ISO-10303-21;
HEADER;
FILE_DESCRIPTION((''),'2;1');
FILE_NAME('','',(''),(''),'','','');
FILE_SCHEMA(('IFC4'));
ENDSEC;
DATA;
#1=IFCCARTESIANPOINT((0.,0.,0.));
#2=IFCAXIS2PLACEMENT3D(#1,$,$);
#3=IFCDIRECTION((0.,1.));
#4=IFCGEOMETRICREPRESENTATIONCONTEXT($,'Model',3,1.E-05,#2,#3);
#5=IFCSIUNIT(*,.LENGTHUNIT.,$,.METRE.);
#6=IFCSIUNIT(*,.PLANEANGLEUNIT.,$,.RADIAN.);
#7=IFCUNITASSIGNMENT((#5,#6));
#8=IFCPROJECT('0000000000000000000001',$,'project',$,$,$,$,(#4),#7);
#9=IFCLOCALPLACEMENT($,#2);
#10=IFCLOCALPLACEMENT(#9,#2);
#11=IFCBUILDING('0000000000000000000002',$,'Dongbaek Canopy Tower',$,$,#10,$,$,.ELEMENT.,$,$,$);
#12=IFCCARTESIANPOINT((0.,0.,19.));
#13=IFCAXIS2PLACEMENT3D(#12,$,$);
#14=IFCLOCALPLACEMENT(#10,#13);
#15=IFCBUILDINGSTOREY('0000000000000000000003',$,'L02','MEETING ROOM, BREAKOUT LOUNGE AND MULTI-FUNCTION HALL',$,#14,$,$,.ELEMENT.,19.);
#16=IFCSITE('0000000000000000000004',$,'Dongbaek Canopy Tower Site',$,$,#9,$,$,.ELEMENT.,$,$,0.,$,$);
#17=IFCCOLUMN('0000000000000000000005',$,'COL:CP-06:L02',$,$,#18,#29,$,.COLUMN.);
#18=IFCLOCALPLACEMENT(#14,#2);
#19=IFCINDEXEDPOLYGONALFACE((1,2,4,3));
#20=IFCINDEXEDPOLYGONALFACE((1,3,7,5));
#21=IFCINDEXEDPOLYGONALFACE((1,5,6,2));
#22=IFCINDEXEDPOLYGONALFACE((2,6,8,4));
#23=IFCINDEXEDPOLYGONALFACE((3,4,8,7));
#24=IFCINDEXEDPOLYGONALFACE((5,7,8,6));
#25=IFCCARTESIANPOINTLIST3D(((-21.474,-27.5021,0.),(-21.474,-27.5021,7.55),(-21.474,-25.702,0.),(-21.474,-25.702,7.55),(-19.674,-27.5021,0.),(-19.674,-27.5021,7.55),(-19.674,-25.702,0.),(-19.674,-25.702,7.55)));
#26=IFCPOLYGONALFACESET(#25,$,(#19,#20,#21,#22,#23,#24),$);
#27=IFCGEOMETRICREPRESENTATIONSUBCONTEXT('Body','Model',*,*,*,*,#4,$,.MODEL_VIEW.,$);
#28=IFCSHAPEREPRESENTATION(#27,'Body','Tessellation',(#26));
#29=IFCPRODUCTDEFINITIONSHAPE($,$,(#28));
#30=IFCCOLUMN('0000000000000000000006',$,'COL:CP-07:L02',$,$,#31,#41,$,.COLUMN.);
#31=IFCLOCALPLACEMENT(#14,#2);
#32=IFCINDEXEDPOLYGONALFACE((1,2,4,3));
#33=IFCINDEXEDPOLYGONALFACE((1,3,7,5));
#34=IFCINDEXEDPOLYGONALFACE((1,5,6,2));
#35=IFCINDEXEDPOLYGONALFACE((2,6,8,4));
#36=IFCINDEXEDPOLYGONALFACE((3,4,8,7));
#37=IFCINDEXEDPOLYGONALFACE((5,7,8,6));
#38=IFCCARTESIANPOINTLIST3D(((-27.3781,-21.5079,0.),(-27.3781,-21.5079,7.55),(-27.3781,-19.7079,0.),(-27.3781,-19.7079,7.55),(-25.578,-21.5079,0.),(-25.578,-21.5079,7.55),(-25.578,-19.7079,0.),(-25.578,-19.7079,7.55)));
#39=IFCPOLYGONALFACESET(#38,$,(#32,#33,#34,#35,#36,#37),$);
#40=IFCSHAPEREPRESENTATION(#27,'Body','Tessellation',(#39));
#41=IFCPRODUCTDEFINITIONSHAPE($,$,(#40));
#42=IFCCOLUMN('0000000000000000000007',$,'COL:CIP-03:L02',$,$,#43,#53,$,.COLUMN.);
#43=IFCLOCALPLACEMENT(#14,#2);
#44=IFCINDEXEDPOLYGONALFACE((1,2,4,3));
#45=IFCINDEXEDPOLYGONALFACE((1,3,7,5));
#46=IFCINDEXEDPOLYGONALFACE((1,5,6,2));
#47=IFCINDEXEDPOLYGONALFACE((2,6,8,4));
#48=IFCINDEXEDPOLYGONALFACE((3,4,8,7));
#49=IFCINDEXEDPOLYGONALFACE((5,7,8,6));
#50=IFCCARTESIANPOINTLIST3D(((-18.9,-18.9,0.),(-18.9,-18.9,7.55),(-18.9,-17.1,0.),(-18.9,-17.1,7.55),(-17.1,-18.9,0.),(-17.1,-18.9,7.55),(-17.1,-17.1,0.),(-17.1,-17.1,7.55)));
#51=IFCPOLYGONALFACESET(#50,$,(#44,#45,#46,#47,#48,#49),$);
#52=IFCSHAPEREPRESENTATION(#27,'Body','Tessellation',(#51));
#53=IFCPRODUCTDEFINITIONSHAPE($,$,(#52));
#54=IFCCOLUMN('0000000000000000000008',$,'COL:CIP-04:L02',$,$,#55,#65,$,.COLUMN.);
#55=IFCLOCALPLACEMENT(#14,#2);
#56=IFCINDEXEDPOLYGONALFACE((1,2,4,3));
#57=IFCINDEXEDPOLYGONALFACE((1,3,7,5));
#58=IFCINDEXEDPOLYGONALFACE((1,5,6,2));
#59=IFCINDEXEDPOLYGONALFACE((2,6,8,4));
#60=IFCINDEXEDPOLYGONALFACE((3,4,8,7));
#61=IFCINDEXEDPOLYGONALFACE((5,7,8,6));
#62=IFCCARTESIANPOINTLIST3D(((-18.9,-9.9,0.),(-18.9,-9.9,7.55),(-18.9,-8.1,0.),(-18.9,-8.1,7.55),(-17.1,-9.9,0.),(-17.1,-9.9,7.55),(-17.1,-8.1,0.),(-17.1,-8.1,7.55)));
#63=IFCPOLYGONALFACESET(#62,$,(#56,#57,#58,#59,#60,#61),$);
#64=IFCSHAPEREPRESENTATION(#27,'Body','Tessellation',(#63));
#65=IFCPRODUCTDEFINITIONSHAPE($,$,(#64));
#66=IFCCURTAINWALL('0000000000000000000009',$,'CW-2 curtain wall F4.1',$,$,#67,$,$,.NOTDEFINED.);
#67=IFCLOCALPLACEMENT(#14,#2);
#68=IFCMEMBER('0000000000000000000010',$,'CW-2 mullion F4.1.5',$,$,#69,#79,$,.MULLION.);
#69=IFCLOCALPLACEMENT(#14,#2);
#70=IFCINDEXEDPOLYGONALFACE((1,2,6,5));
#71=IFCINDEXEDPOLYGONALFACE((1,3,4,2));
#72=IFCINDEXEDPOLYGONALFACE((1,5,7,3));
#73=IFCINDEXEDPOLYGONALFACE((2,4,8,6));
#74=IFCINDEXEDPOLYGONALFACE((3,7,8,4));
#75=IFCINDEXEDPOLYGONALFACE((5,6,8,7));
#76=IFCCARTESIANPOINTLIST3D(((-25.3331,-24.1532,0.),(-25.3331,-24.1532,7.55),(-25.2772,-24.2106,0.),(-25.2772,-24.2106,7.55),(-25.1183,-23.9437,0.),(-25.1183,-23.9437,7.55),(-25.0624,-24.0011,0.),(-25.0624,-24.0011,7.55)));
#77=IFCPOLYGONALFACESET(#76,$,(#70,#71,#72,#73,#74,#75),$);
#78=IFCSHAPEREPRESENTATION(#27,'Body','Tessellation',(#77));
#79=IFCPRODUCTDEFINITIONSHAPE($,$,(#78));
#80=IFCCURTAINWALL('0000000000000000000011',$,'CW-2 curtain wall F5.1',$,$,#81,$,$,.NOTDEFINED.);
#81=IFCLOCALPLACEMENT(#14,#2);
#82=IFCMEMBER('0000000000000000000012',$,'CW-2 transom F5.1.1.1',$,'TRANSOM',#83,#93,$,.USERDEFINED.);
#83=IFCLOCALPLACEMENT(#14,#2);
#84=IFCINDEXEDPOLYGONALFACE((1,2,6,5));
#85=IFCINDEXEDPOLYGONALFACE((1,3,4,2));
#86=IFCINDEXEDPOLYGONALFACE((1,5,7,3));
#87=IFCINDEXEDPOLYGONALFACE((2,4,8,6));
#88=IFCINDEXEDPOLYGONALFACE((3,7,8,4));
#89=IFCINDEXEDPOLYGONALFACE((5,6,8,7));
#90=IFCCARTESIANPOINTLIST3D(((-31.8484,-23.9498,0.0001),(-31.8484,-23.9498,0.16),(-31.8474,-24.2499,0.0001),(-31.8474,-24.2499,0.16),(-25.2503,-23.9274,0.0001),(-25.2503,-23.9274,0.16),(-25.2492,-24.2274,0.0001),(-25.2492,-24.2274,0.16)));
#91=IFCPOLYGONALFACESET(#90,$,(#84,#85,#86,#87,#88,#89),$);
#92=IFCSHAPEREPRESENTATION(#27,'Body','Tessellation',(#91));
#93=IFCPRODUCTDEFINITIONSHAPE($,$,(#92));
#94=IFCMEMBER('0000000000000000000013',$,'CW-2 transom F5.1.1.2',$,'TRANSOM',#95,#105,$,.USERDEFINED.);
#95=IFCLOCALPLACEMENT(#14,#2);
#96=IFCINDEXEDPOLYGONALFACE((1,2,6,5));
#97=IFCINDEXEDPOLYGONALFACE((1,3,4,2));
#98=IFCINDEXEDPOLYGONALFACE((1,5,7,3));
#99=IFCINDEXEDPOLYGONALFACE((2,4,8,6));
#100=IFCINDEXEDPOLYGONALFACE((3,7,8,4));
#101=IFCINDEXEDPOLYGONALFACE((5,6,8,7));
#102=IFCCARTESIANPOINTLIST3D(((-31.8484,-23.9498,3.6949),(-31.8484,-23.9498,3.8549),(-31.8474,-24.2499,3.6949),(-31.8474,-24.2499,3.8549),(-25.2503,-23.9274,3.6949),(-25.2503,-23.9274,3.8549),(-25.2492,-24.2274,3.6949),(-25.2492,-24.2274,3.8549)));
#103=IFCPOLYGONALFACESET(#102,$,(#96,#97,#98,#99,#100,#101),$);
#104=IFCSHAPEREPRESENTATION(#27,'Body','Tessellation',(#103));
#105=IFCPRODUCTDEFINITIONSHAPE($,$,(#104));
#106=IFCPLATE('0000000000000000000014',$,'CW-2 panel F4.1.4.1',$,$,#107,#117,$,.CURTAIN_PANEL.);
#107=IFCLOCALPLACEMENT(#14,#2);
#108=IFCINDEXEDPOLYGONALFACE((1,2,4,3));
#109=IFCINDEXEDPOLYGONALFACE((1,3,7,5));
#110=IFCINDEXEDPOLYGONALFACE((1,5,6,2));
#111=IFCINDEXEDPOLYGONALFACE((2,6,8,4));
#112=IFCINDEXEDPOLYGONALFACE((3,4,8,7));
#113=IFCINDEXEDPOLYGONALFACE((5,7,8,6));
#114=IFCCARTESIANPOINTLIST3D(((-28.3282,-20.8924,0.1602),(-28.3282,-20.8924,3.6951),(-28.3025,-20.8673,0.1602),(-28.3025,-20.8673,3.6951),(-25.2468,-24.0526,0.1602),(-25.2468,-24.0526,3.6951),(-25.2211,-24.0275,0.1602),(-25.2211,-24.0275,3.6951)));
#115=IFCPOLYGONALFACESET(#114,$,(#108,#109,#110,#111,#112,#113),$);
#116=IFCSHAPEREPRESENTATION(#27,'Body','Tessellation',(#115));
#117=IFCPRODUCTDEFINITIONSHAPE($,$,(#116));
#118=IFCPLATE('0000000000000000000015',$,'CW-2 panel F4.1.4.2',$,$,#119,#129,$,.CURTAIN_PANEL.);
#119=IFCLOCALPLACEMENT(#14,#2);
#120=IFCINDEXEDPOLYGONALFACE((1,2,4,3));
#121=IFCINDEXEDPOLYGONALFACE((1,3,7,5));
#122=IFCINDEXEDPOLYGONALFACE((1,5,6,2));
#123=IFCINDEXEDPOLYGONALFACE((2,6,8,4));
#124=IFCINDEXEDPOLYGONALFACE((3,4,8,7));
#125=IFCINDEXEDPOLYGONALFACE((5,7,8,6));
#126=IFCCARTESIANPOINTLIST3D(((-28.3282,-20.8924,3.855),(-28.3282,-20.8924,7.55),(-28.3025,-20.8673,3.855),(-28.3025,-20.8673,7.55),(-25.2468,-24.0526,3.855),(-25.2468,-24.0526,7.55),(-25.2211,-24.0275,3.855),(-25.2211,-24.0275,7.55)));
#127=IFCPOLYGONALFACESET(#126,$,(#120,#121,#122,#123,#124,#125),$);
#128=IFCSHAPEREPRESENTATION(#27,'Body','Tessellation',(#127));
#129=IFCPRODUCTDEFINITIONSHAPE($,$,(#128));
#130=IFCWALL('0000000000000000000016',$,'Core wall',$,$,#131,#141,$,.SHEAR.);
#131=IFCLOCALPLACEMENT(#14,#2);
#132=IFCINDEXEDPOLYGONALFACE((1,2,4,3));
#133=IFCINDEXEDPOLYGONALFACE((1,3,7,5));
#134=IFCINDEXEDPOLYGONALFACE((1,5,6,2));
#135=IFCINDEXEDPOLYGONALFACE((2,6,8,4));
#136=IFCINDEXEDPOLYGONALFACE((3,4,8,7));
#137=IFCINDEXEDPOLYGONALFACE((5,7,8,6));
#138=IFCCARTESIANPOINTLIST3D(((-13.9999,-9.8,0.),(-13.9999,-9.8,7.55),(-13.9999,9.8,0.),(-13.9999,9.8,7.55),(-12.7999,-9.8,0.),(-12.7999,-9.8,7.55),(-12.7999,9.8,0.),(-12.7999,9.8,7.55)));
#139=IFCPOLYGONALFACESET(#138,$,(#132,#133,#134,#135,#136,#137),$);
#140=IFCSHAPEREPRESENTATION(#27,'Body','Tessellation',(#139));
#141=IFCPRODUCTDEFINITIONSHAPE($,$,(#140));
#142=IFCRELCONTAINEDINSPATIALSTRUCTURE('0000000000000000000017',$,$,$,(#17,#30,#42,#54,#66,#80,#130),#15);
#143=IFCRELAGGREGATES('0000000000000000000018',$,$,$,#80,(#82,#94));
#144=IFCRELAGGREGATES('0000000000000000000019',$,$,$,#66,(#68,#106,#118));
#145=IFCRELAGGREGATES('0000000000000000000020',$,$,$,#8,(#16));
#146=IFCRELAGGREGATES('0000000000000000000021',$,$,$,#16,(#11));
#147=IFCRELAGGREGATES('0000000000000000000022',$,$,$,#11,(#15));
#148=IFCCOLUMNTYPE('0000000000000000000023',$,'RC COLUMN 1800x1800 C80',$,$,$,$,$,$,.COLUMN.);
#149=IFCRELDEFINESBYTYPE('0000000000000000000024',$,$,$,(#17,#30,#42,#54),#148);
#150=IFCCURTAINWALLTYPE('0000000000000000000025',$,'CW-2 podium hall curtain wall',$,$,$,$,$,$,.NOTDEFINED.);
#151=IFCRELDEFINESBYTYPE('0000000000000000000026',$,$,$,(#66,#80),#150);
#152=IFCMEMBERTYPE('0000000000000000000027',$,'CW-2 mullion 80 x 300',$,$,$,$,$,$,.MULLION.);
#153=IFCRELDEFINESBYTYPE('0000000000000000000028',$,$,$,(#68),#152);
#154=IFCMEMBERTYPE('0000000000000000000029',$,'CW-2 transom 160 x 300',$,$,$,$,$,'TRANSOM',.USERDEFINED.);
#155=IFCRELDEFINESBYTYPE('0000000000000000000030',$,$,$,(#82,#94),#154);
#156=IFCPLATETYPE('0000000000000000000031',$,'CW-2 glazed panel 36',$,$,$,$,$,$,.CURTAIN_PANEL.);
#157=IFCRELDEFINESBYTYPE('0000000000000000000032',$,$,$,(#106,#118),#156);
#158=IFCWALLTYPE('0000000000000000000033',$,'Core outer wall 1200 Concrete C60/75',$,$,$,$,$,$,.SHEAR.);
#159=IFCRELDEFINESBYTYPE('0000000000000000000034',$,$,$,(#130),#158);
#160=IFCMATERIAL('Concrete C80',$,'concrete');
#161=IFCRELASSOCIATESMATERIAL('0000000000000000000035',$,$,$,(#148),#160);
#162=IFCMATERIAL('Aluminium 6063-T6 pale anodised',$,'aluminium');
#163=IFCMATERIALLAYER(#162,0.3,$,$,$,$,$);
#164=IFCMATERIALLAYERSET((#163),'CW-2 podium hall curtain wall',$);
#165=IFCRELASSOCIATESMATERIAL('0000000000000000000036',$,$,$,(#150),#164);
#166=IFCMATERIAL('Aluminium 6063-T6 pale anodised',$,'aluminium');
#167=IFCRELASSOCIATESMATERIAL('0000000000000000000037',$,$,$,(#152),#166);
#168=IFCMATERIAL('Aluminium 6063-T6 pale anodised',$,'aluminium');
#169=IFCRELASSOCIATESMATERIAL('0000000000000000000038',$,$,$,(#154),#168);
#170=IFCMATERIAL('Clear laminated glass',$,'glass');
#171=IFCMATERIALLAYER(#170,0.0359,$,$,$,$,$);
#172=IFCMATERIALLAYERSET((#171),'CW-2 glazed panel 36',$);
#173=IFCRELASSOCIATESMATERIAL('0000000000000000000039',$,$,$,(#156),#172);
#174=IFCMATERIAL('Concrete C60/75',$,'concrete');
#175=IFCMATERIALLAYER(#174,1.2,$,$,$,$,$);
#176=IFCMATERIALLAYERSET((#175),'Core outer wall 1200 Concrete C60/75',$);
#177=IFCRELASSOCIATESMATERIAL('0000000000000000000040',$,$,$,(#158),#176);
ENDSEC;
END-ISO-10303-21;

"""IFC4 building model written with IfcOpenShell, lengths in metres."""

from ifc_helpers import new_model, si_unit, direction, frame, frame_2d, origin, origin_2d, place, context, subcontext, project, spatial, rectangle, extrude, material, layer, layer_set, material_profile, profile_set, type_object, element, aggregate, save


model = new_model("IFC4")

# Units and contexts
model_context = context("Model", 3, precision=1e-05, world=origin(), true_north=direction((0.0, 1.0)))
body_context = subcontext(model_context, "Body", "Model", "MODEL_VIEW")
ifc_project = project(units=[si_unit("LENGTHUNIT", "METRE"), si_unit("PLANEANGLEUNIT", "RADIAN")], contexts=[model_context])

# Site, building, storey
site_placement = place(None, origin())
site = spatial("IfcSite", under=ifc_project, at=site_placement, Name="Dongbaek Canopy Tower Site", CompositionType="ELEMENT", RefElevation=0.0)
building_placement = place(site_placement, origin())
building = spatial("IfcBuilding", under=site, at=building_placement, Name="Dongbaek Canopy Tower", CompositionType="ELEMENT")
storey_placement = place(building_placement, frame((0.0, 0.0, 19.0)))
storey = spatial("IfcBuildingStorey", under=building, at=storey_placement, Name="L02", Description="MEETING ROOM, BREAKOUT LOUNGE AND MULTI-FUNCTION HALL", CompositionType="ELEMENT", Elevation=19.0)

# Columns
ifc_material_1 = material(Name="Concrete C80", Category="concrete")
ifc_material_profile_1 = material_profile(ifc_material_1, rectangle(XDim=1.8, YDim=1.8, at=origin_2d()), Name="RC COLUMN 1800x1800 C80")
ifc_profile_set_1 = profile_set([ifc_material_profile_1], Name="Concrete C80")
column_type = type_object("IfcColumnType", Name="RC COLUMN 1800x1800 C80", PredefinedType="COLUMN", material=ifc_profile_set_1)
for number, where, z_axis, x_axis, name in (
    (1, (-20.574, -26.6021, 0.0), (0.0, 0.0, 1.0), (1.0, 0.0, 0.0), "COL:CP-06:L02"),
    (2, (-26.478, -20.6079, 0.0), (0.0, 0.0, 1.0), (1.0, 0.0, 0.0), "COL:CP-07:L02"),
    (3, (-18.0, -18.0, 0.0), (0.0, 0.0, 1.0), (1.0, 0.0, 0.0), "COL:CIP-03:L02"),
    (4, (-18.0, -9.0, 0.0), (0.0, 0.0, 1.0), (1.0, 0.0, 0.0), "COL:CIP-04:L02"),
):
    element("IfcColumn", number, at=place(storey_placement, frame(where, z_axis=z_axis, x_axis=x_axis)), inside=storey, type_object=column_type, Name=name, PredefinedType="COLUMN", context=body_context, shape_type="SweptSolid", body=[
        extrude(rectangle(XDim=1.8, YDim=1.8, at=origin_2d()), origin(), (0.0, 0.0, 1.0), 7.55),
    ])

# Curtain wall, member
ifc_material_2 = material(Name="Aluminium 6063-T6 pale anodised", Category="aluminium")
ifc_layer_1 = layer(ifc_material_2, 0.3)
ifc_layer_set_1 = layer_set([ifc_layer_1], Name="CW-2 podium hall curtain wall")
curtain_wall_type = type_object("IfcCurtainWallType", Name="CW-2 podium hall curtain wall", PredefinedType="NOTDEFINED", material=ifc_layer_set_1)
curtain_wall_1_placement = place(storey_placement, origin())
curtain_wall_1 = element("IfcCurtainWall", 5, at=curtain_wall_1_placement, inside=storey, type_object=curtain_wall_type, Name="CW-2 curtain wall F4.1", PredefinedType="NOTDEFINED")
ifc_material_3 = material(Name="Aluminium 6063-T6 pale anodised", Category="aluminium")
ifc_material_profile_2 = material_profile(ifc_material_3, rectangle(XDim=0.3, YDim=0.0801, at=origin_2d()), Name="CW-2 mullion 80 x 300")
ifc_profile_set_2 = profile_set([ifc_material_profile_2], Name="Aluminium 6063-T6 pale anodised")
member_type_1 = type_object("IfcMemberType", Name="CW-2 mullion 80 x 300", PredefinedType="MULLION", material=ifc_profile_set_2)
member_1_placement = place(storey_placement, frame((-25.1978, -24.0771, 0.0), z_axis=(0.0, 0.0, 1.0), x_axis=(-0.715981, -0.69812, 0.0)))
member_1 = element("IfcMember", 6, at=member_1_placement, type_object=member_type_1, Name="CW-2 mullion F4.1.5", PredefinedType="MULLION", context=body_context, shape_type="SweptSolid", body=[
    extrude(rectangle(XDim=0.3, YDim=0.0801, at=origin_2d()), origin(), (0.0, 0.0, 1.0), 7.55),
])

# Curtain wall, members
curtain_wall_2_placement = place(storey_placement, origin())
curtain_wall_2 = element("IfcCurtainWall", 7, at=curtain_wall_2_placement, inside=storey, type_object=curtain_wall_type, Name="CW-2 curtain wall F5.1", PredefinedType="NOTDEFINED")
ifc_material_4 = material(Name="Aluminium 6063-T6 pale anodised", Category="aluminium")
ifc_material_profile_3 = material_profile(ifc_material_4, rectangle(XDim=0.3, YDim=0.1599, at=origin_2d()), Name="CW-2 transom 160 x 300")
ifc_profile_set_3 = profile_set([ifc_material_profile_3], Name="Aluminium 6063-T6 pale anodised")
member_type_2 = type_object("IfcMemberType", Name="CW-2 transom 160 x 300", ElementType="TRANSOM", PredefinedType="USERDEFINED", material=ifc_profile_set_3)
member_2_placement = place(storey_placement, frame((-25.2498, -24.0774, 0.0801), z_axis=(-0.999994, -0.003404, 0.0), x_axis=(0.003404, -0.999994, 0.0)))
member_2 = element("IfcMember", 8, at=member_2_placement, type_object=member_type_2, Name="CW-2 transom F5.1.1.1", ObjectType="TRANSOM", PredefinedType="USERDEFINED", context=body_context, shape_type="SweptSolid", body=[
    extrude(rectangle(XDim=0.3, YDim=0.1599, at=origin_2d()), origin(), (0.0, 0.0, 1.0), 6.5981),
])
member_3_placement = place(storey_placement, frame((-25.2498, -24.0774, 3.7749), z_axis=(-0.999994, -0.003404, 0.0), x_axis=(0.003404, -0.999994, 0.0)))
member_3 = element("IfcMember", 9, at=member_3_placement, type_object=member_type_2, Name="CW-2 transom F5.1.1.2", ObjectType="TRANSOM", PredefinedType="USERDEFINED", context=body_context, shape_type="SweptSolid", body=[
    extrude(rectangle(XDim=0.3, YDim=0.1599, at=origin_2d()), origin(), (0.0, 0.0, 1.0), 6.5981),
])
aggregate(curtain_wall_2, [member_2, member_3])

# Plates
ifc_material_5 = material(Name="Clear laminated glass", Category="glass")
ifc_layer_2 = layer(ifc_material_5, 0.0359)
ifc_layer_set_2 = layer_set([ifc_layer_2], Name="CW-2 glazed panel 36")
plate_type = type_object("IfcPlateType", Name="CW-2 glazed panel 36", PredefinedType="CURTAIN_PANEL", material=ifc_layer_set_2)
plate_1_placement = place(storey_placement, frame((-26.7747, -22.46, 0.1602), z_axis=(0.0, 0.0, 1.0), x_axis=(0.69812, -0.715981, 0.0)))
plate_1 = element("IfcPlate", 10, at=plate_1_placement, type_object=plate_type, Name="CW-2 panel F4.1.4.1", PredefinedType="CURTAIN_PANEL", context=body_context, shape_type="SweptSolid", body=[
    extrude(rectangle(XDim=4.4138, YDim=0.0359, at=origin_2d()), origin(), (0.0, 0.0, 1.0), 3.5349),
])
plate_2_placement = place(storey_placement, frame((-26.7747, -22.46, 3.855), z_axis=(0.0, 0.0, 1.0), x_axis=(0.69812, -0.715981, 0.0)))
plate_2 = element("IfcPlate", 11, at=plate_2_placement, type_object=plate_type, Name="CW-2 panel F4.1.4.2", PredefinedType="CURTAIN_PANEL", context=body_context, shape_type="SweptSolid", body=[
    extrude(rectangle(XDim=4.4138, YDim=0.0359, at=origin_2d()), origin(), (0.0, 0.0, 1.0), 3.6951),
])
aggregate(curtain_wall_1, [member_1, plate_1, plate_2])

# Wall
ifc_material_6 = material(Name="Concrete C60/75", Category="concrete")
ifc_layer_3 = layer(ifc_material_6, 1.2)
ifc_layer_set_3 = layer_set([ifc_layer_3], Name="Core outer wall 1200 Concrete C60/75")
wall_type_1 = type_object("IfcWallType", Name="Core outer wall 1200 Concrete C60/75", PredefinedType="SHEAR", material=ifc_layer_set_3)
wall_1_placement = place(storey_placement, frame((-13.3999, -9.8, 0.0), z_axis=(0.0, 0.0, 1.0), x_axis=(0.0, 1.0, 0.0)))
element("IfcWall", 12, at=wall_1_placement, inside=storey, type_object=wall_type_1, Name="Core wall", PredefinedType="SHEAR", context=body_context, shape_type="SweptSolid", body=[
    extrude(rectangle(XDim=19.6001, YDim=1.2, at=frame_2d((9.8, 0.0))), origin(), (0.0, 0.0, 1.0), 7.55),
])

save(model, "model.ifc")
